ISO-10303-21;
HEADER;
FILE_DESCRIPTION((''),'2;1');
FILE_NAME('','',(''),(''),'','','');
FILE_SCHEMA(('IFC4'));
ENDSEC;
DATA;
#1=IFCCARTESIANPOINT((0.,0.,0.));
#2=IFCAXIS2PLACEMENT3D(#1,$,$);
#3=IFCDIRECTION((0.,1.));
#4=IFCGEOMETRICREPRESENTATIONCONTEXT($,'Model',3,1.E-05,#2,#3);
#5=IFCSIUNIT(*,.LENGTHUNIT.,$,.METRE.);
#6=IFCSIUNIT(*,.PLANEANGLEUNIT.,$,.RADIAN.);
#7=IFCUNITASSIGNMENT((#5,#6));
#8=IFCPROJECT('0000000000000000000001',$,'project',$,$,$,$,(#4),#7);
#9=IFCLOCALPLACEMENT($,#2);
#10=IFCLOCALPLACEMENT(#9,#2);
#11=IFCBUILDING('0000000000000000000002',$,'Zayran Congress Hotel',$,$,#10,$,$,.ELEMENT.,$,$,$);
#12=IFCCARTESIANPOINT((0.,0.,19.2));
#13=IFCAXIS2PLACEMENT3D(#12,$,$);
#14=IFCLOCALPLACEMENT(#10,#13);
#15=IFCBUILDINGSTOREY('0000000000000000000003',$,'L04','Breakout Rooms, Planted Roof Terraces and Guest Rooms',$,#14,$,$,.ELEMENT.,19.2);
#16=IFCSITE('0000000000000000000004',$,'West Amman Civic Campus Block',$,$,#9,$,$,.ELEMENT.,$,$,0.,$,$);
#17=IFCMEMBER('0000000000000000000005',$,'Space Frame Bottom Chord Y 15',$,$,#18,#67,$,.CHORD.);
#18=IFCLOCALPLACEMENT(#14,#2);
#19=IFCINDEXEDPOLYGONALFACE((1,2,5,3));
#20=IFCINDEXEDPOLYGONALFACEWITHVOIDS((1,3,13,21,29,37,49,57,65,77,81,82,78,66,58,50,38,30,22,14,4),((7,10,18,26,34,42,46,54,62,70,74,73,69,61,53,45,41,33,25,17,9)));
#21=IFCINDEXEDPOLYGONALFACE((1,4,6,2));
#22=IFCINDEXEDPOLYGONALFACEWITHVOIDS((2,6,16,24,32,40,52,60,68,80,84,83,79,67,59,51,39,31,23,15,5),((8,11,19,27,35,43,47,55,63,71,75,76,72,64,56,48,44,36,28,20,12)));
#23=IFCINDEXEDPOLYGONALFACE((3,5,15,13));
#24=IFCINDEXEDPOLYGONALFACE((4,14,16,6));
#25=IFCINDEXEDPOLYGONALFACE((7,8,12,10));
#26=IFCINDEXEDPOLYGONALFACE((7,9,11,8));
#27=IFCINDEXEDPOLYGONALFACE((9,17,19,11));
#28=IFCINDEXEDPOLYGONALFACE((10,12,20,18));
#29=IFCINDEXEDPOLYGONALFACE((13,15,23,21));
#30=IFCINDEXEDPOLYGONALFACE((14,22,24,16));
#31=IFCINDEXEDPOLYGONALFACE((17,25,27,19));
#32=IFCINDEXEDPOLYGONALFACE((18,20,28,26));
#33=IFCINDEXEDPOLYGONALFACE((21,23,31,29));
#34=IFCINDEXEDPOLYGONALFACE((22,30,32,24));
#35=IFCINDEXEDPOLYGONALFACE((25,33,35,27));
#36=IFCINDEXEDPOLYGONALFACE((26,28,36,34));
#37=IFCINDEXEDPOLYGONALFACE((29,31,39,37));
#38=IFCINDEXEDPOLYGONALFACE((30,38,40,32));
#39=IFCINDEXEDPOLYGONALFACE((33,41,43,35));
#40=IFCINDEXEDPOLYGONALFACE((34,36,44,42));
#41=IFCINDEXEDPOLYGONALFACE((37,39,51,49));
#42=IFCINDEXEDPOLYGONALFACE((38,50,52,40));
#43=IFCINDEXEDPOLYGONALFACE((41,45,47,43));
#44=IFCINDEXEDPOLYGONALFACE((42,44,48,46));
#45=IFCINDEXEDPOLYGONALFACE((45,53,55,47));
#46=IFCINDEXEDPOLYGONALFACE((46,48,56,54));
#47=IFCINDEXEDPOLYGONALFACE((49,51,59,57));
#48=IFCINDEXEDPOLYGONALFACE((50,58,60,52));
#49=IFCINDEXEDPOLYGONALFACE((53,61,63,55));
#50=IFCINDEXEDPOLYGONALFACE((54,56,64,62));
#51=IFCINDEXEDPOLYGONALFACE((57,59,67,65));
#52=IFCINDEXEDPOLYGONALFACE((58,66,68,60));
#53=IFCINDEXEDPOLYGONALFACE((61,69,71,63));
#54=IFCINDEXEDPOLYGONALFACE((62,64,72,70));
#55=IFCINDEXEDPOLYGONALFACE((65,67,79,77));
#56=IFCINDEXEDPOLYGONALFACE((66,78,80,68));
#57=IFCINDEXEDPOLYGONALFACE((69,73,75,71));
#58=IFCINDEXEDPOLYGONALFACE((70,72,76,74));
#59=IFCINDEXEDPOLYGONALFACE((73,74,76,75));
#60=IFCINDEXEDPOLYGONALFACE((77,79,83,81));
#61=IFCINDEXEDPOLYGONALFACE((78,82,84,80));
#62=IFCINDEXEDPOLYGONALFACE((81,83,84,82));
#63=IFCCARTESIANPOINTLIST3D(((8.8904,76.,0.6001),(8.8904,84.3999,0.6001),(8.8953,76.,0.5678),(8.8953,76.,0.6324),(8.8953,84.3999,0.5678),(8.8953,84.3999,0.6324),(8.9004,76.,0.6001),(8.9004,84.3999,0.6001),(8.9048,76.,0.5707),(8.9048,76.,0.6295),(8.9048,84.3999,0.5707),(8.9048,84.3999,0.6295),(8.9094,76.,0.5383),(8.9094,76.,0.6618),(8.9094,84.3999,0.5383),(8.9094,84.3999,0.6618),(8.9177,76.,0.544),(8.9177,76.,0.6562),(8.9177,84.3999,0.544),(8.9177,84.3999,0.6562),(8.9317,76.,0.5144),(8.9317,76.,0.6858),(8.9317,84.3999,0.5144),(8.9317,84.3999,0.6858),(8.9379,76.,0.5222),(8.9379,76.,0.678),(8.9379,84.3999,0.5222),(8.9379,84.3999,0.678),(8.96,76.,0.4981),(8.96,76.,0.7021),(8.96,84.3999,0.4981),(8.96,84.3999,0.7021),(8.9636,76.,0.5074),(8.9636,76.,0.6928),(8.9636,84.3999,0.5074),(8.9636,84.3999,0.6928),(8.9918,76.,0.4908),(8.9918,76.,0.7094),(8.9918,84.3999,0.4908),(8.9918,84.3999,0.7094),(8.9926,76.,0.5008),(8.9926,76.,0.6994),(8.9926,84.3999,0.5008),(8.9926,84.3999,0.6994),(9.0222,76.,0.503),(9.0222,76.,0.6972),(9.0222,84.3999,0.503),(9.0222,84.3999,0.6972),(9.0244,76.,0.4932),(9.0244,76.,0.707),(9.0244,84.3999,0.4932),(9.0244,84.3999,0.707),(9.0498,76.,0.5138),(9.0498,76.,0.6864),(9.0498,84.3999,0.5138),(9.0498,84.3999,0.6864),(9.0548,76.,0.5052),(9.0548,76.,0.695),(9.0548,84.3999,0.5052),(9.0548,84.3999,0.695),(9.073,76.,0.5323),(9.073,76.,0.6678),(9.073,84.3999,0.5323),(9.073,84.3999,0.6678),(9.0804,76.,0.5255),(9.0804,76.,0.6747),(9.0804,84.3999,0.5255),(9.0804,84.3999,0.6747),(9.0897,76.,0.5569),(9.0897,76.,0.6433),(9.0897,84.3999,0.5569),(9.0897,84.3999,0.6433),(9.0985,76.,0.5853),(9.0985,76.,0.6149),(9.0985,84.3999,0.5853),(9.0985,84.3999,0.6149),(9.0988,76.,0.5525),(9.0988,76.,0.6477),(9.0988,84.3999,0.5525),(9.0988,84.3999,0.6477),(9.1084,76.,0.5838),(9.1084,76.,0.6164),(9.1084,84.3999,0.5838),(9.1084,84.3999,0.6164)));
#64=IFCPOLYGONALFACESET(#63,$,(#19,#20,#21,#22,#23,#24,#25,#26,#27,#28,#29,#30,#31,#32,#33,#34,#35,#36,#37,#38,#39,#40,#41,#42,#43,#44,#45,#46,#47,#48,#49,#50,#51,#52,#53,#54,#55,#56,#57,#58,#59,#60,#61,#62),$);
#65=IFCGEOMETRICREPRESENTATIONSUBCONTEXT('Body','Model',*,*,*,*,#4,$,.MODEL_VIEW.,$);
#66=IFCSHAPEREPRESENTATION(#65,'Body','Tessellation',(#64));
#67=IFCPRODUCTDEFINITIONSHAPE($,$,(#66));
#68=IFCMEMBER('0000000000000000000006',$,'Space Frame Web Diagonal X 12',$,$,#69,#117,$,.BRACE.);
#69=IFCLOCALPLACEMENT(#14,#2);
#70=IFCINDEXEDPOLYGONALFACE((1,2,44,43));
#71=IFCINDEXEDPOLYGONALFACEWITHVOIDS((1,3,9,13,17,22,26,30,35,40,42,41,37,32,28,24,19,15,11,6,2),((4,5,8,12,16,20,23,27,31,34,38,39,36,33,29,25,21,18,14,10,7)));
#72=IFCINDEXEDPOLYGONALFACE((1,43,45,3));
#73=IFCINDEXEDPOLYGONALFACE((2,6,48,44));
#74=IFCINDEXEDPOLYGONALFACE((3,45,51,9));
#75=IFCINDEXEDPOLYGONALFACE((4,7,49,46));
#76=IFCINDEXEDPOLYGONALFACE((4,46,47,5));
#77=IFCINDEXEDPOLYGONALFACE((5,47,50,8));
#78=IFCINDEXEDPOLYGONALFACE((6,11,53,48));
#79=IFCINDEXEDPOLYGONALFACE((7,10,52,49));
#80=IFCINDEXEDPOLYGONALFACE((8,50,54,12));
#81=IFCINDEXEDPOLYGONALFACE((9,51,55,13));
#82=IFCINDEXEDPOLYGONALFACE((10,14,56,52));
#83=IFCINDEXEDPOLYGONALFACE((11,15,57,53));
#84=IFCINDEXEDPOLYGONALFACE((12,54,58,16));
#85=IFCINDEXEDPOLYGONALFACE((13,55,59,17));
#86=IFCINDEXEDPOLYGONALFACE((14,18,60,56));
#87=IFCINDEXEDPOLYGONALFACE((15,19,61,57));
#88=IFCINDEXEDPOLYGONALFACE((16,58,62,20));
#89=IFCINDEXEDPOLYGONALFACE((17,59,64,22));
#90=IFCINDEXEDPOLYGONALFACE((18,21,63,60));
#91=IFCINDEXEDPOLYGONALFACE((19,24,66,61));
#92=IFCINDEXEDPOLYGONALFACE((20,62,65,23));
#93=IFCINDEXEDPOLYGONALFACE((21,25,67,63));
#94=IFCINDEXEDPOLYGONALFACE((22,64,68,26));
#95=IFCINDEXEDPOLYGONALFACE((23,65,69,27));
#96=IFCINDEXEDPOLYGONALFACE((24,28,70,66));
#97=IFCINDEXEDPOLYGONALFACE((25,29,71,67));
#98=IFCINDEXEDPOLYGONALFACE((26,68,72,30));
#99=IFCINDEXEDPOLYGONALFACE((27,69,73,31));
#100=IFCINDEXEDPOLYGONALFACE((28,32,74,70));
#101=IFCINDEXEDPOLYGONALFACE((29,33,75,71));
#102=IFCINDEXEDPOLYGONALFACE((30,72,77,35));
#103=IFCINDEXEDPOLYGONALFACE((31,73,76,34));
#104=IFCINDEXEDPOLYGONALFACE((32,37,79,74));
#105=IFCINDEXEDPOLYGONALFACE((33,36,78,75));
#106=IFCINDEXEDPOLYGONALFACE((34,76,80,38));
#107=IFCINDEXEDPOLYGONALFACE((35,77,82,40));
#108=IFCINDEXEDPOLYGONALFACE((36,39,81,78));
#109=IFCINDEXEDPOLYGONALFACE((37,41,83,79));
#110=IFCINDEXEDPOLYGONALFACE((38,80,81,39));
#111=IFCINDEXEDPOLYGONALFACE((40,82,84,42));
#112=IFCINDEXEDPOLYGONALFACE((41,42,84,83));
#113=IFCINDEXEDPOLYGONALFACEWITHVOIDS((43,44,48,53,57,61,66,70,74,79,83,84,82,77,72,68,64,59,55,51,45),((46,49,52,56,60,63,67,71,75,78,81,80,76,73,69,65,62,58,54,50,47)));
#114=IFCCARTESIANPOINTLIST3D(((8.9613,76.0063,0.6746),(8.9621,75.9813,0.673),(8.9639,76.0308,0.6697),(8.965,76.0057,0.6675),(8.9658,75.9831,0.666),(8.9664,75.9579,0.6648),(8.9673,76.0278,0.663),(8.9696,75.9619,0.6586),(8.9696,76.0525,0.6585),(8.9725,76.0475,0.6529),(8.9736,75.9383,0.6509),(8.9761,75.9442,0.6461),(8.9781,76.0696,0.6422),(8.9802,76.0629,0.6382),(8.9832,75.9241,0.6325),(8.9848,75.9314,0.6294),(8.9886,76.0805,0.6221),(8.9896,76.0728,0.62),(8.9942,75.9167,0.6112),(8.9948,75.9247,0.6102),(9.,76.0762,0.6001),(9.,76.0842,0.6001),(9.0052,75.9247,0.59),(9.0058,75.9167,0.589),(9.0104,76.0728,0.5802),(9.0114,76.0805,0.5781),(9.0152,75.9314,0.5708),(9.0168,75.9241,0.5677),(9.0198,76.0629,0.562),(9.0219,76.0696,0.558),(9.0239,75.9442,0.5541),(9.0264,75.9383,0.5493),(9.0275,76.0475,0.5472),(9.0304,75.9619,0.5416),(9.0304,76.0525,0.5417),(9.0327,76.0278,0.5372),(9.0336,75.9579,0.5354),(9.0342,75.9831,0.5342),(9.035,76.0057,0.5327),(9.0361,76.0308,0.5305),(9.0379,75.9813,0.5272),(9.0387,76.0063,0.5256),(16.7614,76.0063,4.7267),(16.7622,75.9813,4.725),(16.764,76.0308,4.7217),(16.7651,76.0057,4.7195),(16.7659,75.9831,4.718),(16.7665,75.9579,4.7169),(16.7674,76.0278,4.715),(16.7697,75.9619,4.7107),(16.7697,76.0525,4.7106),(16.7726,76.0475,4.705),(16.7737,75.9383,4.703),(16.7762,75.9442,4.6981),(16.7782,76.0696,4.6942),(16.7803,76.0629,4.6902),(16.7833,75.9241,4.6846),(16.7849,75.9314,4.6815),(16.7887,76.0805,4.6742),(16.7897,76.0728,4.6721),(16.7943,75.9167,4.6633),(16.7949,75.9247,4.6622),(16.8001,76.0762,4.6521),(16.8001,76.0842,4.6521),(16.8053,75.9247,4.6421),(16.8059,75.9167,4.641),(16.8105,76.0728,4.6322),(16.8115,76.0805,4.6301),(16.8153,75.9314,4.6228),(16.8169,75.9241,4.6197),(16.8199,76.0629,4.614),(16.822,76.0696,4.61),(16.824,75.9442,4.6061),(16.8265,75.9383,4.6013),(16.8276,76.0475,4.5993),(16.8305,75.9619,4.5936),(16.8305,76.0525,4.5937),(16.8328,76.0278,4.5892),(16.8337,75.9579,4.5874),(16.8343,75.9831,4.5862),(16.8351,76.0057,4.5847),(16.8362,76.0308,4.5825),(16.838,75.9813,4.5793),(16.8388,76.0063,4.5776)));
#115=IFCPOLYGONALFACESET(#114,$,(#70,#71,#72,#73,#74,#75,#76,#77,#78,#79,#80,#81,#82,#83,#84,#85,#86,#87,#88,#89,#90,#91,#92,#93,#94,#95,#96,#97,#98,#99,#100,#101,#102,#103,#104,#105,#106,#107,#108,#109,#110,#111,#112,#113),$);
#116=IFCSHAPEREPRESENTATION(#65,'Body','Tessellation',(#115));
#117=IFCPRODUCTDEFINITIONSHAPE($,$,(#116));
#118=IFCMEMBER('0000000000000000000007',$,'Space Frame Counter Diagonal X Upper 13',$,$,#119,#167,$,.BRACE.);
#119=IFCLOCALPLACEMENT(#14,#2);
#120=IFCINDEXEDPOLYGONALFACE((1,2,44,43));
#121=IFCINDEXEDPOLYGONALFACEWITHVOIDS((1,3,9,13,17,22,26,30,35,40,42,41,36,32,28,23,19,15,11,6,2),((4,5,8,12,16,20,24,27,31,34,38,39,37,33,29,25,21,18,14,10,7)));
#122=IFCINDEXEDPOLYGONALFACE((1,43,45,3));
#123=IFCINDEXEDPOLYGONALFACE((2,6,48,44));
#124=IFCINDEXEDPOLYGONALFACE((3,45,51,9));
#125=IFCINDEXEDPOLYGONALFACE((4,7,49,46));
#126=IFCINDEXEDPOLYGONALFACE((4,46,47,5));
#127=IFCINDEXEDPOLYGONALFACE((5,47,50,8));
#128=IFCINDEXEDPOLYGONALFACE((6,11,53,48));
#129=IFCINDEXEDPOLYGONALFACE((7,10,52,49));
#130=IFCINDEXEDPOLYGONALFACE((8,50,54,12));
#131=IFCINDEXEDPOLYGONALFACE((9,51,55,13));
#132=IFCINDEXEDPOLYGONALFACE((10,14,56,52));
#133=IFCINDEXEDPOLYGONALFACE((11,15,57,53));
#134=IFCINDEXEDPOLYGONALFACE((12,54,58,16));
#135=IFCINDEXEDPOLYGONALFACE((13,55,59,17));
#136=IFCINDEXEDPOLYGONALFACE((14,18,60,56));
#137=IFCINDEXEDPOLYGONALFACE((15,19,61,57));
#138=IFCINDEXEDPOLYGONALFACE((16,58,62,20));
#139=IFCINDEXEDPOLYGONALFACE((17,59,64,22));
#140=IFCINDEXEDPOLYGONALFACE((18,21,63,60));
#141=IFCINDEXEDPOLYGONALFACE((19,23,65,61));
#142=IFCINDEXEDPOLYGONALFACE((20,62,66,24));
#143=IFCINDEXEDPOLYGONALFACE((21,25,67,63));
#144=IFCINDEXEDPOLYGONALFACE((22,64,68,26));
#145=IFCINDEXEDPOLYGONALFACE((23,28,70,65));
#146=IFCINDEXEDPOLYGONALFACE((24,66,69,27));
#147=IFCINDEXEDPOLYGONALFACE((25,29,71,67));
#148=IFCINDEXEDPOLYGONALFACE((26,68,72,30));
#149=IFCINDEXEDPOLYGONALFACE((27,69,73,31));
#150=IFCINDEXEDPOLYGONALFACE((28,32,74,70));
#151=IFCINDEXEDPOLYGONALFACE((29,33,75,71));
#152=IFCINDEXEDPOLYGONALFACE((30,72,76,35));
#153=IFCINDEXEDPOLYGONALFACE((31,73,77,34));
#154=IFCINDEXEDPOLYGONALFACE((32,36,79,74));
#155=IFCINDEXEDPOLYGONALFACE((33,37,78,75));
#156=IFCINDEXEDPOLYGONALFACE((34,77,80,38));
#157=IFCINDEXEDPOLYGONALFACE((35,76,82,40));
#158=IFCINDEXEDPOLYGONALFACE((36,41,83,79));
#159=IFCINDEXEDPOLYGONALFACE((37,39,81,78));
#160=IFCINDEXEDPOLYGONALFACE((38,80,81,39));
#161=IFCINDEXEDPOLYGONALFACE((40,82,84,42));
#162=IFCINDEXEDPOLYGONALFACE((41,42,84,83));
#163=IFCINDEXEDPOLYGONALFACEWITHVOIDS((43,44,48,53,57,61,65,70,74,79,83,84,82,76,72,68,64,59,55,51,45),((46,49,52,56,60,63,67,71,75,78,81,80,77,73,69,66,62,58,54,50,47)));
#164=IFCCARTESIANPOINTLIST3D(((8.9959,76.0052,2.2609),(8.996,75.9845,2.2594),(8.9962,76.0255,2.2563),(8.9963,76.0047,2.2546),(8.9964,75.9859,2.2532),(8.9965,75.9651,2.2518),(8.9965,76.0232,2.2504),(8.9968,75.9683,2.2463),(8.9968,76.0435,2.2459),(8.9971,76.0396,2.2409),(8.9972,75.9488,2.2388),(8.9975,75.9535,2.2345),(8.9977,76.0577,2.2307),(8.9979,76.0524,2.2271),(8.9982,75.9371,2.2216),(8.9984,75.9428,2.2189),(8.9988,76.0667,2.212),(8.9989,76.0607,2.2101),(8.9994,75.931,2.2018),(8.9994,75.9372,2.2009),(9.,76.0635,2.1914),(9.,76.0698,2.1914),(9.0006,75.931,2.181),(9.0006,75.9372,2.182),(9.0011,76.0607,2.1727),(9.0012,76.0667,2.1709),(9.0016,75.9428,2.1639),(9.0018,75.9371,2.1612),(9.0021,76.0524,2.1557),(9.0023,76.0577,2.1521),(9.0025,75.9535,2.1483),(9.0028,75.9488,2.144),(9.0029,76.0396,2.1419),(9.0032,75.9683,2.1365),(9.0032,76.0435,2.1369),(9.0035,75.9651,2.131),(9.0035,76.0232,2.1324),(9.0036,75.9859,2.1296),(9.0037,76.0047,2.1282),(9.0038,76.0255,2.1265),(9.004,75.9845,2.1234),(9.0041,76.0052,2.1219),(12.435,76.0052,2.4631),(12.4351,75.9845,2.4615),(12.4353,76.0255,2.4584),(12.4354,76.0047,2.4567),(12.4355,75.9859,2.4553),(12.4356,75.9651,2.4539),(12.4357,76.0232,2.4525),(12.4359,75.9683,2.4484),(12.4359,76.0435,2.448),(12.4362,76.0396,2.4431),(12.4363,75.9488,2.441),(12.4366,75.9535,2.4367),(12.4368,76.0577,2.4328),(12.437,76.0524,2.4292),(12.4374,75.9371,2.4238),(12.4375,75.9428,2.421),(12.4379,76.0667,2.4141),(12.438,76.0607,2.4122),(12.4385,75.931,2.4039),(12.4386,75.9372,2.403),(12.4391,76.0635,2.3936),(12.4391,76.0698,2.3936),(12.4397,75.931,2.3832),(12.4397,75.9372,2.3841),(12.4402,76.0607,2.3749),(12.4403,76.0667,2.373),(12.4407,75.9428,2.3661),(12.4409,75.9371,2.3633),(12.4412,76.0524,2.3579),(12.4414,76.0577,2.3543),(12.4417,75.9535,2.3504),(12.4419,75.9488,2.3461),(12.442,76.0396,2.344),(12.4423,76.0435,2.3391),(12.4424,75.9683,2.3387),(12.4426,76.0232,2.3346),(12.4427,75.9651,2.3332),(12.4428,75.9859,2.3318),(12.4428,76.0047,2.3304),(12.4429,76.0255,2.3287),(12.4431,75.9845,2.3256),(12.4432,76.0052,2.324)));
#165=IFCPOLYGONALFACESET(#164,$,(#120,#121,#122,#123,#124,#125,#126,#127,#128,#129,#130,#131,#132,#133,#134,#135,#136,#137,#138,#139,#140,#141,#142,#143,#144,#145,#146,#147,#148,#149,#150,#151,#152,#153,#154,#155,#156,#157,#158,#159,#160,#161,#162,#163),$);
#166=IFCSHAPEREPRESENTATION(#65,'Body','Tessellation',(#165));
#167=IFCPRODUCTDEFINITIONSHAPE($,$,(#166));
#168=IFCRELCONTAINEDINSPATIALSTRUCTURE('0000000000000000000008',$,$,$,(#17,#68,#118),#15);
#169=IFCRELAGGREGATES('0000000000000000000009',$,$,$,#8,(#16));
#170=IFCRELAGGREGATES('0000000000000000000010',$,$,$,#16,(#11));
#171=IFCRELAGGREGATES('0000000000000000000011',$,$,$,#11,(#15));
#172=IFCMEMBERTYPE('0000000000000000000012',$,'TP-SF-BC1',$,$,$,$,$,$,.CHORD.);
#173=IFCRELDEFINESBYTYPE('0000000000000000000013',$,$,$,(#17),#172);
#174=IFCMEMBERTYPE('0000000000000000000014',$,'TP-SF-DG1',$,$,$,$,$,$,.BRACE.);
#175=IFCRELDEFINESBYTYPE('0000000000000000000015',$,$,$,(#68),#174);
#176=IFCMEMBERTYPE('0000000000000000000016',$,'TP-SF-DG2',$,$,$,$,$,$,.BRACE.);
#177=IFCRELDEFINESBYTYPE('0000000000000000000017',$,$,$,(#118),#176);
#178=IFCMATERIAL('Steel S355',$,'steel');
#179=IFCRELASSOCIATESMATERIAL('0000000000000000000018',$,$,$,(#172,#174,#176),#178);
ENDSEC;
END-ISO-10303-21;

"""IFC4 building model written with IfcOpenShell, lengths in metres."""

from ifc_helpers import new_model, si_unit, direction, frame, origin, origin_2d, place, context, subcontext, project, spatial, hollow_circle, extrude, material, material_profile, profile_set, type_object, element, save


model = new_model("IFC4")

# Units and contexts
model_context = context("Model", 3, precision=1e-05, world=origin(), true_north=direction((0.0, 1.0)))
body_context = subcontext(model_context, "Body", "Model", "MODEL_VIEW")
ifc_project = project(units=[si_unit("LENGTHUNIT", "METRE"), si_unit("PLANEANGLEUNIT", "RADIAN")], contexts=[model_context])

# Site, building, storey
site_placement = place(None, origin())
site = spatial("IfcSite", under=ifc_project, at=site_placement, Name="West Amman Civic Campus Block", CompositionType="ELEMENT", RefElevation=0.0)
building_placement = place(site_placement, origin())
building = spatial("IfcBuilding", under=site, at=building_placement, Name="Zayran Congress Hotel", CompositionType="ELEMENT")
storey_placement = place(building_placement, frame((0.0, 0.0, 19.2)))
storey = spatial("IfcBuildingStorey", under=building, at=storey_placement, Name="L04", Description="Breakout Rooms, Planted Roof Terraces and Guest Rooms", CompositionType="ELEMENT", Elevation=19.2)

# Shared definitions
ifc_material_1 = material(Name="Steel S355", Category="steel")

# Members
ifc_material_profile_1 = material_profile(ifc_material_1, hollow_circle(Radius=0.1096, WallThickness=0.01, at=origin_2d()), Name="CHS 219.1x10")
ifc_profile_set_1 = profile_set([ifc_material_profile_1], Name="Steel S355")
member_type_1 = type_object("IfcMemberType", Name="TP-SF-BC1", PredefinedType="CHORD", material=ifc_profile_set_1)
member_1_placement = place(storey_placement, frame((9.0, 76.0, 0.6001), z_axis=(0.0, 1.0, 0.0), x_axis=(-1.0, 0.0, 0.0)))
element("IfcMember", 1, at=member_1_placement, inside=storey, type_object=member_type_1, Name="Space Frame Bottom Chord Y 15", PredefinedType="CHORD", context=body_context, shape_type="SweptSolid", body=[
    extrude(hollow_circle(Radius=0.1096, WallThickness=0.01, at=origin_2d()), origin(), (0.0, 0.0, 1.0), 8.3999),
])
ifc_material_profile_2 = material_profile(ifc_material_1, hollow_circle(Radius=0.0842, WallThickness=0.0081, at=origin_2d()), Name="CHS 168.3x8")
ifc_profile_set_2 = profile_set([ifc_material_profile_2], Name="Steel S355")
member_type_2 = type_object("IfcMemberType", Name="TP-SF-DG1", PredefinedType="BRACE", material=ifc_profile_set_2)
member_2_placement = place(storey_placement, frame((9.0, 76.0, 0.6001), z_axis=(0.887404, 0.0, 0.460992), x_axis=(0.0, 1.0, 0.0)))
element("IfcMember", 2, at=member_2_placement, inside=storey, type_object=member_type_2, Name="Space Frame Web Diagonal X 12", PredefinedType="BRACE", context=body_context, shape_type="SweptSolid", body=[
    extrude(hollow_circle(Radius=0.0842, WallThickness=0.0081, at=origin_2d()), origin(), (0.0, 0.0, 1.0), 8.7898),
])
ifc_material_profile_3 = material_profile(ifc_material_1, hollow_circle(Radius=0.0698, WallThickness=0.0063, at=origin_2d()), Name="CHS 139.7x6.3")
ifc_profile_set_3 = profile_set([ifc_material_profile_3], Name="Steel S355")
member_type_3 = type_object("IfcMemberType", Name="TP-SF-DG2", PredefinedType="BRACE", material=ifc_profile_set_3)
member_3_placement = place(storey_placement, frame((9.0, 76.0, 2.1914), z_axis=(0.998277, 0.0, 0.058676), x_axis=(0.0, 1.0, 0.0)))
element("IfcMember", 3, at=member_3_placement, inside=storey, type_object=member_type_3, Name="Space Frame Counter Diagonal X Upper 13", PredefinedType="BRACE", context=body_context, shape_type="SweptSolid", body=[
    extrude(hollow_circle(Radius=0.0698, WallThickness=0.0063, at=origin_2d()), origin(), (0.0, 0.0, 1.0), 3.4451),
])

save(model, "model.ifc")
